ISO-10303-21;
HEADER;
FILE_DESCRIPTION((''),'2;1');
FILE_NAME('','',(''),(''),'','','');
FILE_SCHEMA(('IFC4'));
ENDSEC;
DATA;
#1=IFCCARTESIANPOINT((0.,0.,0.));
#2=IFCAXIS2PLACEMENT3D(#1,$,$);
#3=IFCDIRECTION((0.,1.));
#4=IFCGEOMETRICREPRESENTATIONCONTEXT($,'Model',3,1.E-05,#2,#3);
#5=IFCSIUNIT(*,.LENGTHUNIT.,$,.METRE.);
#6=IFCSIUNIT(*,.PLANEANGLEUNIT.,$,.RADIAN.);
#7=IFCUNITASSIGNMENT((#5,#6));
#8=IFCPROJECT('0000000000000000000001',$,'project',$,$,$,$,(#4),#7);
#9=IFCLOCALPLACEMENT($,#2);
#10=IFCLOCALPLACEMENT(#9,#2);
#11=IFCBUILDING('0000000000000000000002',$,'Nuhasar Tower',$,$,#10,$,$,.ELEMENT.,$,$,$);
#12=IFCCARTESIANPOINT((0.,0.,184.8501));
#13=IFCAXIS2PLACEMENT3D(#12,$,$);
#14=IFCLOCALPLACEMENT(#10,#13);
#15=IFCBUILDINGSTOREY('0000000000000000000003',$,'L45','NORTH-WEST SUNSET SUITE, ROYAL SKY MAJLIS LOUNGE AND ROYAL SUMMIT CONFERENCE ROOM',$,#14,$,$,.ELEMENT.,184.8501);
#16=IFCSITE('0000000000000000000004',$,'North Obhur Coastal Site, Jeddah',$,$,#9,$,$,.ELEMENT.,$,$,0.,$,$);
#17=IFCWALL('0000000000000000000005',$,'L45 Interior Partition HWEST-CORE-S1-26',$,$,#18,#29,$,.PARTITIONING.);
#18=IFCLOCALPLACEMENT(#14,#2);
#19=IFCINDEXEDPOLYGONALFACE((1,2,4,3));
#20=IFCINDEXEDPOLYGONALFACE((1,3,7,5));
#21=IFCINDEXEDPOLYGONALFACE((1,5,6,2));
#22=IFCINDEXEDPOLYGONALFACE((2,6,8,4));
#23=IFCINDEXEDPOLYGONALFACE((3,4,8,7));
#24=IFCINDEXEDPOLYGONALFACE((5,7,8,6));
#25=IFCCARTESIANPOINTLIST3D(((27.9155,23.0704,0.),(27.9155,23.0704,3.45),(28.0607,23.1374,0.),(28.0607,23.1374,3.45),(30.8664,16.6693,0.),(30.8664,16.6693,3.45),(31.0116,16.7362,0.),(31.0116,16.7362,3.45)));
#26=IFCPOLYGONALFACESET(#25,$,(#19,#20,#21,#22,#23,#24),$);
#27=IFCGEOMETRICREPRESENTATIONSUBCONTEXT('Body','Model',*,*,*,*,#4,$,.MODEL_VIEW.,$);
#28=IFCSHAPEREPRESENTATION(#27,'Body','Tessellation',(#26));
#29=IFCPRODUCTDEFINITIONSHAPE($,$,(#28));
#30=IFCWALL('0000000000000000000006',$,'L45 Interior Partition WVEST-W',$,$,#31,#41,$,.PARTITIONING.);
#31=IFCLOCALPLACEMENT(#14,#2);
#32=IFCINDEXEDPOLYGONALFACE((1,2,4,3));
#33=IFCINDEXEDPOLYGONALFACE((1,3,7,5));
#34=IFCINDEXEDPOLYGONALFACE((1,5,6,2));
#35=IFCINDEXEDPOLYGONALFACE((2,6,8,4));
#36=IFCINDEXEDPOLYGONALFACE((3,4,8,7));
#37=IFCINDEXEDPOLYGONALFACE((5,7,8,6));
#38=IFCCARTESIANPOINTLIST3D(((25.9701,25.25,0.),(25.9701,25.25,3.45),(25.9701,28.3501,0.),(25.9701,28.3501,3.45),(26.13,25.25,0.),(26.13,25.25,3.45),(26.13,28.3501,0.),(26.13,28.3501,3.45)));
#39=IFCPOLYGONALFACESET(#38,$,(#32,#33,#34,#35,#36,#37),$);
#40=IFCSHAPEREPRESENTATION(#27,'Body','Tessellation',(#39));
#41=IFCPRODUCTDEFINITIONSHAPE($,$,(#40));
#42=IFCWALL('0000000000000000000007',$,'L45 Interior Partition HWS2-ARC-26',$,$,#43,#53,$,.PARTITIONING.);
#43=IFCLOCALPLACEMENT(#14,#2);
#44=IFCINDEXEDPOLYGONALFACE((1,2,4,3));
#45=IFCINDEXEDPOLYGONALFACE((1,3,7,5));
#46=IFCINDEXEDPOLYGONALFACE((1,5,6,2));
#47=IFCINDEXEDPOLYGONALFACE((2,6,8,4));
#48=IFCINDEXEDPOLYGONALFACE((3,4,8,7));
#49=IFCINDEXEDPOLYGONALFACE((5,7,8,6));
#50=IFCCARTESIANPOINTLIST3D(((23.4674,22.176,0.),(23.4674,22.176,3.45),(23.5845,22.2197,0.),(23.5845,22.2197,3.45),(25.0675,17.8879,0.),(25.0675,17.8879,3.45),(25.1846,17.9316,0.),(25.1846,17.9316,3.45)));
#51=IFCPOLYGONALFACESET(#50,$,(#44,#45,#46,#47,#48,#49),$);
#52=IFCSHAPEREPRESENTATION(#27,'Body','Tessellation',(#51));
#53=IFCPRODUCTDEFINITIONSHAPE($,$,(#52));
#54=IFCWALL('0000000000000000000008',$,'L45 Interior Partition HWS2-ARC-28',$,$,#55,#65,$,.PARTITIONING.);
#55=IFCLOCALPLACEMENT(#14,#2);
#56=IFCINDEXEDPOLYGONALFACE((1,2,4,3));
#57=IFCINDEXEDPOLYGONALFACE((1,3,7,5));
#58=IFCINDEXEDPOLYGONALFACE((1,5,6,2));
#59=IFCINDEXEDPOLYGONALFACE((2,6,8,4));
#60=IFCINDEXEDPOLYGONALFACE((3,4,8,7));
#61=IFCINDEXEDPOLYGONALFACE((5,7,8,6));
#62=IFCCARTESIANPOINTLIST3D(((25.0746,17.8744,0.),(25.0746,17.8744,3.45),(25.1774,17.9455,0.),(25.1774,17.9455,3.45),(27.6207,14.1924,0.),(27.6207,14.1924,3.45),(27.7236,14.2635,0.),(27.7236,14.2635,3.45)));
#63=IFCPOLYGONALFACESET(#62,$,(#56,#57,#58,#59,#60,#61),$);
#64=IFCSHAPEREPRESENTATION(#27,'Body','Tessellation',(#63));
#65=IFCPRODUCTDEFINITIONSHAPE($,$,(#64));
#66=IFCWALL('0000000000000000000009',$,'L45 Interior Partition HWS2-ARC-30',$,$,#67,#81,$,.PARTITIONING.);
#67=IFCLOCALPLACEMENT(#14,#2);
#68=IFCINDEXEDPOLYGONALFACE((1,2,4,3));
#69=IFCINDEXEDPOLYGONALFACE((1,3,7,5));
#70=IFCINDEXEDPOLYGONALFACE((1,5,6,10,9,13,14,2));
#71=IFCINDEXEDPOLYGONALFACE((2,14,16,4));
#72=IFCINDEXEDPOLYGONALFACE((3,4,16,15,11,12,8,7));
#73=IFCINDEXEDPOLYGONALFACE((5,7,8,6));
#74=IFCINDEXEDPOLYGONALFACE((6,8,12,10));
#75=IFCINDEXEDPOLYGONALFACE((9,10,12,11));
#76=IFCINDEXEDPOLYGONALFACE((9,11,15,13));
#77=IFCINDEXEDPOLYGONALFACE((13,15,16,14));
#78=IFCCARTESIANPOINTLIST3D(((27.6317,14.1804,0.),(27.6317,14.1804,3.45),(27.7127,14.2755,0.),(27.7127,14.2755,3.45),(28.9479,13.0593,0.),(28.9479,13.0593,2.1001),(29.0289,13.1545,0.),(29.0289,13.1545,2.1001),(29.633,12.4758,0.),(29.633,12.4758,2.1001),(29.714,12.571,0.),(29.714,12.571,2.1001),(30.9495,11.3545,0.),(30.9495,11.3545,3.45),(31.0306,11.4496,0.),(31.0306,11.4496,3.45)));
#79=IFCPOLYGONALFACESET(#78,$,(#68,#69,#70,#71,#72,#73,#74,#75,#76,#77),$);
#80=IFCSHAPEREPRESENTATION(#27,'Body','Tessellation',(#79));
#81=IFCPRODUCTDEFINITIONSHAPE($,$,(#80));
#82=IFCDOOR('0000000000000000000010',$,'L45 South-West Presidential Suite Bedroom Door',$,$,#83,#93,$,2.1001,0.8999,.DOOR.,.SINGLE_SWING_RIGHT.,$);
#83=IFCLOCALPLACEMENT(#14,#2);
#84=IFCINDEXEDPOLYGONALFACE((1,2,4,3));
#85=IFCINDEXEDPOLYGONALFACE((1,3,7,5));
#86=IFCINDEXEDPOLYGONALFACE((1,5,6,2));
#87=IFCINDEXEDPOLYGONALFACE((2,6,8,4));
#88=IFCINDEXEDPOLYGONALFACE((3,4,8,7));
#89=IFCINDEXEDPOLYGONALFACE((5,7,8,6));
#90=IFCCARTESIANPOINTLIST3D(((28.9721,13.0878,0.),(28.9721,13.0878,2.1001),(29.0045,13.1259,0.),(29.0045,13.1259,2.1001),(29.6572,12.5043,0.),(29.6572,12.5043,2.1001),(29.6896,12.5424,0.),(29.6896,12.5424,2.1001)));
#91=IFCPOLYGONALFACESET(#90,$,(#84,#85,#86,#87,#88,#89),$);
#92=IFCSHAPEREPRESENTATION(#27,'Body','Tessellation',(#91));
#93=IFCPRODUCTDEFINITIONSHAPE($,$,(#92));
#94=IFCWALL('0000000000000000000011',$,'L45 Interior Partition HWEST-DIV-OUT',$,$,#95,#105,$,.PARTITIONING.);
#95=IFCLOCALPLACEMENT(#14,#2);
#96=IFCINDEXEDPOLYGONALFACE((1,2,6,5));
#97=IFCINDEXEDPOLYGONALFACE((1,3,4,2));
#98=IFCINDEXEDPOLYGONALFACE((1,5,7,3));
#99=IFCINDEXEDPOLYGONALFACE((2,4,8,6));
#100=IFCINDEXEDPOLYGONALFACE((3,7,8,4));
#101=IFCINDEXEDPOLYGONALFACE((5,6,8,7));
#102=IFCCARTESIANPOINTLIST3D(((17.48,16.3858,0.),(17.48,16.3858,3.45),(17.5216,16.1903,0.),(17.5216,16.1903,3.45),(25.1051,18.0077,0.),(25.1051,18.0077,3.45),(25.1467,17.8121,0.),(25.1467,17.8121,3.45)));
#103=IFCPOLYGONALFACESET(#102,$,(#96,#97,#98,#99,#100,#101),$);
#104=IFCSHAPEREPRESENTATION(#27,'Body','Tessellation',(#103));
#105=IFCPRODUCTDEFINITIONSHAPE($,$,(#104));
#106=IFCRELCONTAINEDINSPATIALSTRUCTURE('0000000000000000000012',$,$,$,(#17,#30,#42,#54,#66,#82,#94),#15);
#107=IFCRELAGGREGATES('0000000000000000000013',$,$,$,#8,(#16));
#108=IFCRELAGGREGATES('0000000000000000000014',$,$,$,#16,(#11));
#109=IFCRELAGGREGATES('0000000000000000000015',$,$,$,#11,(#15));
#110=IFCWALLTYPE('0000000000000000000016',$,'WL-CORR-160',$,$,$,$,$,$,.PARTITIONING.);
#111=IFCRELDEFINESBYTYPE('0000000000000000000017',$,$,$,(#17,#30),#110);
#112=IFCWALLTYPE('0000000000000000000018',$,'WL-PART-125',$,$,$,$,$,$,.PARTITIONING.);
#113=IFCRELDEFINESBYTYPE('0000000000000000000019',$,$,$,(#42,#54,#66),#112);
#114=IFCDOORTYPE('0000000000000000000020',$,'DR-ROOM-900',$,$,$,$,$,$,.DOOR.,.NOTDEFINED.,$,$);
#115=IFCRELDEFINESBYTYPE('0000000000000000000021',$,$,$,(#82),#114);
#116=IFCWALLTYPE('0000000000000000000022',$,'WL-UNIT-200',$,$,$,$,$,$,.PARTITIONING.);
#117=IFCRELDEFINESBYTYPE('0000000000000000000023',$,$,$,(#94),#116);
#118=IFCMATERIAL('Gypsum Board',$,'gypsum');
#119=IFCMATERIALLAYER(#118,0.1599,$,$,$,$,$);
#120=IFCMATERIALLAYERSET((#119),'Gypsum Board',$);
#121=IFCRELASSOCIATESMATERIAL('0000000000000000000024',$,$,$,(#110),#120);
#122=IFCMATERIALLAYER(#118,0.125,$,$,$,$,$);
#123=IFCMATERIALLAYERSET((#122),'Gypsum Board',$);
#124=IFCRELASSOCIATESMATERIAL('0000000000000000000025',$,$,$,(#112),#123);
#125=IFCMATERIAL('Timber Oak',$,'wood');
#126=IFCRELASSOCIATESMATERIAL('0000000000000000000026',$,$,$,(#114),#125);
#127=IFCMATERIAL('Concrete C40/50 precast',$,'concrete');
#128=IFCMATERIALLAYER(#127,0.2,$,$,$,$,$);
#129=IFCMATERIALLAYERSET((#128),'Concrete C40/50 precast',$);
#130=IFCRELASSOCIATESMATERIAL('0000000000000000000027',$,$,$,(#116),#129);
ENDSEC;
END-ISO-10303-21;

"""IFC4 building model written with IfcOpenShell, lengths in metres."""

from ifc_helpers import new_model, si_unit, direction, frame, frame_2d, origin, place, context, subcontext, project, spatial, rectangle, extrude, material, layer, layer_set, type_object, element, fill, save


model = new_model("IFC4")

# Units and contexts
model_context = context("Model", 3, precision=1e-05, world=origin(), true_north=direction((0.0, 1.0)))
body_context = subcontext(model_context, "Body", "Model", "MODEL_VIEW")
ifc_project = project(units=[si_unit("LENGTHUNIT", "METRE"), si_unit("PLANEANGLEUNIT", "RADIAN")], contexts=[model_context])

# Site, building, storey
site_placement = place(None, origin())
site = spatial("IfcSite", under=ifc_project, at=site_placement, Name="North Obhur Coastal Site, Jeddah", CompositionType="ELEMENT", RefElevation=0.0)
building_placement = place(site_placement, origin())
building = spatial("IfcBuilding", under=site, at=building_placement, Name="Nuhasar Tower", CompositionType="ELEMENT")
storey_placement = place(building_placement, frame((0.0, 0.0, 184.8501)))
storey = spatial("IfcBuildingStorey", under=building, at=storey_placement, Name="L45", Description="NORTH-WEST SUNSET SUITE, ROYAL SKY MAJLIS LOUNGE AND ROYAL SUMMIT CONFERENCE ROOM", CompositionType="ELEMENT", Elevation=184.8501)

# Wall
ifc_material_1 = material(Name="Gypsum Board", Category="gypsum")
ifc_layer_1 = layer(ifc_material_1, 0.1599)
ifc_layer_set_1 = layer_set([ifc_layer_1], Name="Gypsum Board")
wall_type_1 = type_object("IfcWallType", Name="WL-CORR-160", PredefinedType="PARTITIONING", material=ifc_layer_set_1)
wall_1_placement = place(storey_placement, frame((27.988, 23.104, 0.0), z_axis=(0.0, 0.0, 1.0), x_axis=(0.418656, -0.908145, 0.0)))
element("IfcWall", 1, at=wall_1_placement, inside=storey, type_object=wall_type_1, Name="L45 Interior Partition HWEST-CORE-S1-26", PredefinedType="PARTITIONING", context=body_context, shape_type="SweptSolid", body=[
    extrude(rectangle(XDim=7.0486, YDim=0.1599, at=frame_2d((3.5244, 0.0))), origin(), (0.0, 0.0, 1.0), 3.45),
])

# Shared definitions
ifc_material_2 = material(Name="Timber Oak", Category="wood")

# Walls
wall_2_placement = place(storey_placement, frame((26.05, 25.25, 0.0), z_axis=(0.0, 0.0, 1.0), x_axis=(0.0, 1.0, 0.0)))
element("IfcWall", 2, at=wall_2_placement, inside=storey, type_object=wall_type_1, Name="L45 Interior Partition WVEST-W", PredefinedType="PARTITIONING", context=body_context, shape_type="SweptSolid", body=[
    extrude(rectangle(XDim=3.1001, YDim=0.1599, at=frame_2d((1.55, 0.0))), origin(), (0.0, 0.0, 1.0), 3.45),
])
ifc_layer_2 = layer(ifc_material_1, 0.125)
ifc_layer_set_2 = layer_set([ifc_layer_2], Name="Gypsum Board")
wall_type_2 = type_object("IfcWallType", Name="WL-PART-125", PredefinedType="PARTITIONING", material=ifc_layer_set_2)
wall_3_placement = place(storey_placement, frame((23.5259, 22.198, 0.0), z_axis=(0.0, 0.0, 1.0), x_axis=(0.349603, -0.936898, 0.0)))
element("IfcWall", 3, at=wall_3_placement, inside=storey, type_object=wall_type_2, Name="L45 Interior Partition HWS2-ARC-26", PredefinedType="PARTITIONING", context=body_context, shape_type="SweptSolid", body=[
    extrude(rectangle(XDim=4.5769, YDim=0.125, at=frame_2d((2.2886, 0.0))), origin(), (0.0, 0.0, 1.0), 3.45),
])
wall_4_placement = place(storey_placement, frame((25.126, 17.9099, 0.0), z_axis=(0.0, 0.0, 1.0), x_axis=(0.568779, -0.822491, 0.0)))
element("IfcWall", 4, at=wall_4_placement, inside=storey, type_object=wall_type_2, Name="L45 Interior Partition HWS2-ARC-28", PredefinedType="PARTITIONING", context=body_context, shape_type="SweptSolid", body=[
    extrude(rectangle(XDim=4.4766, YDim=0.125, at=frame_2d((2.2383, 0.0))), origin(), (0.0, 0.0, 1.0), 3.45),
])

# Wall, opening, door
wall_5_placement = place(storey_placement, frame((27.6721, 14.228, 0.0), z_axis=(0.0, 0.0, 1.0), x_axis=(0.761289, -0.648412, 0.0)))
wall_5 = element("IfcWall", 5, at=wall_5_placement, inside=storey, type_object=wall_type_2, Name="L45 Interior Partition HWS2-ARC-30", PredefinedType="PARTITIONING", context=body_context, shape_type="SweptSolid", body=[
    extrude(rectangle(XDim=4.3582, YDim=0.125, at=frame_2d((2.1792, 0.0))), origin(), (0.0, 0.0, 1.0), 3.45),
])
opening_1_placement = place(wall_5_placement, frame((1.729, 0.0, 0.0)))
opening_1 = element("IfcOpeningElement", 6, at=opening_1_placement, cuts=wall_5, PredefinedType="OPENING", context=body_context, shape_type="SweptSolid", body=[
    extrude(rectangle(XDim=0.8999, YDim=2.1001, at=frame_2d((0.45, 1.05))), frame((0.0, 0.0725, 0.0), z_axis=(0.0, -1.0, 0.0), x_axis=(1.0, 0.0, 0.0)), (0.0, 0.0, 1.0), 0.145),
])
door_type_1 = type_object("IfcDoorType", Name="DR-ROOM-900", OperationType="NOTDEFINED", PredefinedType="DOOR", material=ifc_material_2)
door_1_placement = place(opening_1_placement, origin())
door_1 = element("IfcDoor", 7, at=door_1_placement, inside=storey, type_object=door_type_1, Name="L45 South-West Presidential Suite Bedroom Door", OperationType="SINGLE_SWING_RIGHT", OverallHeight=2.1001, OverallWidth=0.8999, PredefinedType="DOOR", context=body_context, shape_type="SweptSolid", body=[
    extrude(rectangle(XDim=0.8999, YDim=2.1001, at=frame_2d((0.45, 1.05))), frame((0.0, 0.0249, 0.0), z_axis=(0.0, -1.0, 0.0), x_axis=(1.0, 0.0, 0.0)), (0.0, 0.0, 1.0), 0.05),
])
fill(opening_1, door_1)

# Wall
ifc_material_3 = material(Name="Concrete C40/50 precast", Category="concrete")
ifc_layer_3 = layer(ifc_material_3, 0.2)
ifc_layer_set_3 = layer_set([ifc_layer_3], Name="Concrete C40/50 precast")
wall_type_3 = type_object("IfcWallType", Name="WL-UNIT-200", PredefinedType="PARTITIONING", material=ifc_layer_set_3)
wall_6_placement = place(storey_placement, frame((25.126, 17.9099, 0.0), z_axis=(0.0, 0.0, 1.0), x_axis=(-0.978119, -0.208045, 0.0)))
element("IfcWall", 8, at=wall_6_placement, inside=storey, type_object=wall_type_3, Name="L45 Interior Partition HWEST-DIV-OUT", PredefinedType="PARTITIONING", context=body_context, shape_type="SweptSolid", body=[
    extrude(rectangle(XDim=7.7957, YDim=0.2, at=frame_2d((3.8979, 0.0))), origin(), (0.0, 0.0, 1.0), 3.45),
])

save(model, "model.ifc")
